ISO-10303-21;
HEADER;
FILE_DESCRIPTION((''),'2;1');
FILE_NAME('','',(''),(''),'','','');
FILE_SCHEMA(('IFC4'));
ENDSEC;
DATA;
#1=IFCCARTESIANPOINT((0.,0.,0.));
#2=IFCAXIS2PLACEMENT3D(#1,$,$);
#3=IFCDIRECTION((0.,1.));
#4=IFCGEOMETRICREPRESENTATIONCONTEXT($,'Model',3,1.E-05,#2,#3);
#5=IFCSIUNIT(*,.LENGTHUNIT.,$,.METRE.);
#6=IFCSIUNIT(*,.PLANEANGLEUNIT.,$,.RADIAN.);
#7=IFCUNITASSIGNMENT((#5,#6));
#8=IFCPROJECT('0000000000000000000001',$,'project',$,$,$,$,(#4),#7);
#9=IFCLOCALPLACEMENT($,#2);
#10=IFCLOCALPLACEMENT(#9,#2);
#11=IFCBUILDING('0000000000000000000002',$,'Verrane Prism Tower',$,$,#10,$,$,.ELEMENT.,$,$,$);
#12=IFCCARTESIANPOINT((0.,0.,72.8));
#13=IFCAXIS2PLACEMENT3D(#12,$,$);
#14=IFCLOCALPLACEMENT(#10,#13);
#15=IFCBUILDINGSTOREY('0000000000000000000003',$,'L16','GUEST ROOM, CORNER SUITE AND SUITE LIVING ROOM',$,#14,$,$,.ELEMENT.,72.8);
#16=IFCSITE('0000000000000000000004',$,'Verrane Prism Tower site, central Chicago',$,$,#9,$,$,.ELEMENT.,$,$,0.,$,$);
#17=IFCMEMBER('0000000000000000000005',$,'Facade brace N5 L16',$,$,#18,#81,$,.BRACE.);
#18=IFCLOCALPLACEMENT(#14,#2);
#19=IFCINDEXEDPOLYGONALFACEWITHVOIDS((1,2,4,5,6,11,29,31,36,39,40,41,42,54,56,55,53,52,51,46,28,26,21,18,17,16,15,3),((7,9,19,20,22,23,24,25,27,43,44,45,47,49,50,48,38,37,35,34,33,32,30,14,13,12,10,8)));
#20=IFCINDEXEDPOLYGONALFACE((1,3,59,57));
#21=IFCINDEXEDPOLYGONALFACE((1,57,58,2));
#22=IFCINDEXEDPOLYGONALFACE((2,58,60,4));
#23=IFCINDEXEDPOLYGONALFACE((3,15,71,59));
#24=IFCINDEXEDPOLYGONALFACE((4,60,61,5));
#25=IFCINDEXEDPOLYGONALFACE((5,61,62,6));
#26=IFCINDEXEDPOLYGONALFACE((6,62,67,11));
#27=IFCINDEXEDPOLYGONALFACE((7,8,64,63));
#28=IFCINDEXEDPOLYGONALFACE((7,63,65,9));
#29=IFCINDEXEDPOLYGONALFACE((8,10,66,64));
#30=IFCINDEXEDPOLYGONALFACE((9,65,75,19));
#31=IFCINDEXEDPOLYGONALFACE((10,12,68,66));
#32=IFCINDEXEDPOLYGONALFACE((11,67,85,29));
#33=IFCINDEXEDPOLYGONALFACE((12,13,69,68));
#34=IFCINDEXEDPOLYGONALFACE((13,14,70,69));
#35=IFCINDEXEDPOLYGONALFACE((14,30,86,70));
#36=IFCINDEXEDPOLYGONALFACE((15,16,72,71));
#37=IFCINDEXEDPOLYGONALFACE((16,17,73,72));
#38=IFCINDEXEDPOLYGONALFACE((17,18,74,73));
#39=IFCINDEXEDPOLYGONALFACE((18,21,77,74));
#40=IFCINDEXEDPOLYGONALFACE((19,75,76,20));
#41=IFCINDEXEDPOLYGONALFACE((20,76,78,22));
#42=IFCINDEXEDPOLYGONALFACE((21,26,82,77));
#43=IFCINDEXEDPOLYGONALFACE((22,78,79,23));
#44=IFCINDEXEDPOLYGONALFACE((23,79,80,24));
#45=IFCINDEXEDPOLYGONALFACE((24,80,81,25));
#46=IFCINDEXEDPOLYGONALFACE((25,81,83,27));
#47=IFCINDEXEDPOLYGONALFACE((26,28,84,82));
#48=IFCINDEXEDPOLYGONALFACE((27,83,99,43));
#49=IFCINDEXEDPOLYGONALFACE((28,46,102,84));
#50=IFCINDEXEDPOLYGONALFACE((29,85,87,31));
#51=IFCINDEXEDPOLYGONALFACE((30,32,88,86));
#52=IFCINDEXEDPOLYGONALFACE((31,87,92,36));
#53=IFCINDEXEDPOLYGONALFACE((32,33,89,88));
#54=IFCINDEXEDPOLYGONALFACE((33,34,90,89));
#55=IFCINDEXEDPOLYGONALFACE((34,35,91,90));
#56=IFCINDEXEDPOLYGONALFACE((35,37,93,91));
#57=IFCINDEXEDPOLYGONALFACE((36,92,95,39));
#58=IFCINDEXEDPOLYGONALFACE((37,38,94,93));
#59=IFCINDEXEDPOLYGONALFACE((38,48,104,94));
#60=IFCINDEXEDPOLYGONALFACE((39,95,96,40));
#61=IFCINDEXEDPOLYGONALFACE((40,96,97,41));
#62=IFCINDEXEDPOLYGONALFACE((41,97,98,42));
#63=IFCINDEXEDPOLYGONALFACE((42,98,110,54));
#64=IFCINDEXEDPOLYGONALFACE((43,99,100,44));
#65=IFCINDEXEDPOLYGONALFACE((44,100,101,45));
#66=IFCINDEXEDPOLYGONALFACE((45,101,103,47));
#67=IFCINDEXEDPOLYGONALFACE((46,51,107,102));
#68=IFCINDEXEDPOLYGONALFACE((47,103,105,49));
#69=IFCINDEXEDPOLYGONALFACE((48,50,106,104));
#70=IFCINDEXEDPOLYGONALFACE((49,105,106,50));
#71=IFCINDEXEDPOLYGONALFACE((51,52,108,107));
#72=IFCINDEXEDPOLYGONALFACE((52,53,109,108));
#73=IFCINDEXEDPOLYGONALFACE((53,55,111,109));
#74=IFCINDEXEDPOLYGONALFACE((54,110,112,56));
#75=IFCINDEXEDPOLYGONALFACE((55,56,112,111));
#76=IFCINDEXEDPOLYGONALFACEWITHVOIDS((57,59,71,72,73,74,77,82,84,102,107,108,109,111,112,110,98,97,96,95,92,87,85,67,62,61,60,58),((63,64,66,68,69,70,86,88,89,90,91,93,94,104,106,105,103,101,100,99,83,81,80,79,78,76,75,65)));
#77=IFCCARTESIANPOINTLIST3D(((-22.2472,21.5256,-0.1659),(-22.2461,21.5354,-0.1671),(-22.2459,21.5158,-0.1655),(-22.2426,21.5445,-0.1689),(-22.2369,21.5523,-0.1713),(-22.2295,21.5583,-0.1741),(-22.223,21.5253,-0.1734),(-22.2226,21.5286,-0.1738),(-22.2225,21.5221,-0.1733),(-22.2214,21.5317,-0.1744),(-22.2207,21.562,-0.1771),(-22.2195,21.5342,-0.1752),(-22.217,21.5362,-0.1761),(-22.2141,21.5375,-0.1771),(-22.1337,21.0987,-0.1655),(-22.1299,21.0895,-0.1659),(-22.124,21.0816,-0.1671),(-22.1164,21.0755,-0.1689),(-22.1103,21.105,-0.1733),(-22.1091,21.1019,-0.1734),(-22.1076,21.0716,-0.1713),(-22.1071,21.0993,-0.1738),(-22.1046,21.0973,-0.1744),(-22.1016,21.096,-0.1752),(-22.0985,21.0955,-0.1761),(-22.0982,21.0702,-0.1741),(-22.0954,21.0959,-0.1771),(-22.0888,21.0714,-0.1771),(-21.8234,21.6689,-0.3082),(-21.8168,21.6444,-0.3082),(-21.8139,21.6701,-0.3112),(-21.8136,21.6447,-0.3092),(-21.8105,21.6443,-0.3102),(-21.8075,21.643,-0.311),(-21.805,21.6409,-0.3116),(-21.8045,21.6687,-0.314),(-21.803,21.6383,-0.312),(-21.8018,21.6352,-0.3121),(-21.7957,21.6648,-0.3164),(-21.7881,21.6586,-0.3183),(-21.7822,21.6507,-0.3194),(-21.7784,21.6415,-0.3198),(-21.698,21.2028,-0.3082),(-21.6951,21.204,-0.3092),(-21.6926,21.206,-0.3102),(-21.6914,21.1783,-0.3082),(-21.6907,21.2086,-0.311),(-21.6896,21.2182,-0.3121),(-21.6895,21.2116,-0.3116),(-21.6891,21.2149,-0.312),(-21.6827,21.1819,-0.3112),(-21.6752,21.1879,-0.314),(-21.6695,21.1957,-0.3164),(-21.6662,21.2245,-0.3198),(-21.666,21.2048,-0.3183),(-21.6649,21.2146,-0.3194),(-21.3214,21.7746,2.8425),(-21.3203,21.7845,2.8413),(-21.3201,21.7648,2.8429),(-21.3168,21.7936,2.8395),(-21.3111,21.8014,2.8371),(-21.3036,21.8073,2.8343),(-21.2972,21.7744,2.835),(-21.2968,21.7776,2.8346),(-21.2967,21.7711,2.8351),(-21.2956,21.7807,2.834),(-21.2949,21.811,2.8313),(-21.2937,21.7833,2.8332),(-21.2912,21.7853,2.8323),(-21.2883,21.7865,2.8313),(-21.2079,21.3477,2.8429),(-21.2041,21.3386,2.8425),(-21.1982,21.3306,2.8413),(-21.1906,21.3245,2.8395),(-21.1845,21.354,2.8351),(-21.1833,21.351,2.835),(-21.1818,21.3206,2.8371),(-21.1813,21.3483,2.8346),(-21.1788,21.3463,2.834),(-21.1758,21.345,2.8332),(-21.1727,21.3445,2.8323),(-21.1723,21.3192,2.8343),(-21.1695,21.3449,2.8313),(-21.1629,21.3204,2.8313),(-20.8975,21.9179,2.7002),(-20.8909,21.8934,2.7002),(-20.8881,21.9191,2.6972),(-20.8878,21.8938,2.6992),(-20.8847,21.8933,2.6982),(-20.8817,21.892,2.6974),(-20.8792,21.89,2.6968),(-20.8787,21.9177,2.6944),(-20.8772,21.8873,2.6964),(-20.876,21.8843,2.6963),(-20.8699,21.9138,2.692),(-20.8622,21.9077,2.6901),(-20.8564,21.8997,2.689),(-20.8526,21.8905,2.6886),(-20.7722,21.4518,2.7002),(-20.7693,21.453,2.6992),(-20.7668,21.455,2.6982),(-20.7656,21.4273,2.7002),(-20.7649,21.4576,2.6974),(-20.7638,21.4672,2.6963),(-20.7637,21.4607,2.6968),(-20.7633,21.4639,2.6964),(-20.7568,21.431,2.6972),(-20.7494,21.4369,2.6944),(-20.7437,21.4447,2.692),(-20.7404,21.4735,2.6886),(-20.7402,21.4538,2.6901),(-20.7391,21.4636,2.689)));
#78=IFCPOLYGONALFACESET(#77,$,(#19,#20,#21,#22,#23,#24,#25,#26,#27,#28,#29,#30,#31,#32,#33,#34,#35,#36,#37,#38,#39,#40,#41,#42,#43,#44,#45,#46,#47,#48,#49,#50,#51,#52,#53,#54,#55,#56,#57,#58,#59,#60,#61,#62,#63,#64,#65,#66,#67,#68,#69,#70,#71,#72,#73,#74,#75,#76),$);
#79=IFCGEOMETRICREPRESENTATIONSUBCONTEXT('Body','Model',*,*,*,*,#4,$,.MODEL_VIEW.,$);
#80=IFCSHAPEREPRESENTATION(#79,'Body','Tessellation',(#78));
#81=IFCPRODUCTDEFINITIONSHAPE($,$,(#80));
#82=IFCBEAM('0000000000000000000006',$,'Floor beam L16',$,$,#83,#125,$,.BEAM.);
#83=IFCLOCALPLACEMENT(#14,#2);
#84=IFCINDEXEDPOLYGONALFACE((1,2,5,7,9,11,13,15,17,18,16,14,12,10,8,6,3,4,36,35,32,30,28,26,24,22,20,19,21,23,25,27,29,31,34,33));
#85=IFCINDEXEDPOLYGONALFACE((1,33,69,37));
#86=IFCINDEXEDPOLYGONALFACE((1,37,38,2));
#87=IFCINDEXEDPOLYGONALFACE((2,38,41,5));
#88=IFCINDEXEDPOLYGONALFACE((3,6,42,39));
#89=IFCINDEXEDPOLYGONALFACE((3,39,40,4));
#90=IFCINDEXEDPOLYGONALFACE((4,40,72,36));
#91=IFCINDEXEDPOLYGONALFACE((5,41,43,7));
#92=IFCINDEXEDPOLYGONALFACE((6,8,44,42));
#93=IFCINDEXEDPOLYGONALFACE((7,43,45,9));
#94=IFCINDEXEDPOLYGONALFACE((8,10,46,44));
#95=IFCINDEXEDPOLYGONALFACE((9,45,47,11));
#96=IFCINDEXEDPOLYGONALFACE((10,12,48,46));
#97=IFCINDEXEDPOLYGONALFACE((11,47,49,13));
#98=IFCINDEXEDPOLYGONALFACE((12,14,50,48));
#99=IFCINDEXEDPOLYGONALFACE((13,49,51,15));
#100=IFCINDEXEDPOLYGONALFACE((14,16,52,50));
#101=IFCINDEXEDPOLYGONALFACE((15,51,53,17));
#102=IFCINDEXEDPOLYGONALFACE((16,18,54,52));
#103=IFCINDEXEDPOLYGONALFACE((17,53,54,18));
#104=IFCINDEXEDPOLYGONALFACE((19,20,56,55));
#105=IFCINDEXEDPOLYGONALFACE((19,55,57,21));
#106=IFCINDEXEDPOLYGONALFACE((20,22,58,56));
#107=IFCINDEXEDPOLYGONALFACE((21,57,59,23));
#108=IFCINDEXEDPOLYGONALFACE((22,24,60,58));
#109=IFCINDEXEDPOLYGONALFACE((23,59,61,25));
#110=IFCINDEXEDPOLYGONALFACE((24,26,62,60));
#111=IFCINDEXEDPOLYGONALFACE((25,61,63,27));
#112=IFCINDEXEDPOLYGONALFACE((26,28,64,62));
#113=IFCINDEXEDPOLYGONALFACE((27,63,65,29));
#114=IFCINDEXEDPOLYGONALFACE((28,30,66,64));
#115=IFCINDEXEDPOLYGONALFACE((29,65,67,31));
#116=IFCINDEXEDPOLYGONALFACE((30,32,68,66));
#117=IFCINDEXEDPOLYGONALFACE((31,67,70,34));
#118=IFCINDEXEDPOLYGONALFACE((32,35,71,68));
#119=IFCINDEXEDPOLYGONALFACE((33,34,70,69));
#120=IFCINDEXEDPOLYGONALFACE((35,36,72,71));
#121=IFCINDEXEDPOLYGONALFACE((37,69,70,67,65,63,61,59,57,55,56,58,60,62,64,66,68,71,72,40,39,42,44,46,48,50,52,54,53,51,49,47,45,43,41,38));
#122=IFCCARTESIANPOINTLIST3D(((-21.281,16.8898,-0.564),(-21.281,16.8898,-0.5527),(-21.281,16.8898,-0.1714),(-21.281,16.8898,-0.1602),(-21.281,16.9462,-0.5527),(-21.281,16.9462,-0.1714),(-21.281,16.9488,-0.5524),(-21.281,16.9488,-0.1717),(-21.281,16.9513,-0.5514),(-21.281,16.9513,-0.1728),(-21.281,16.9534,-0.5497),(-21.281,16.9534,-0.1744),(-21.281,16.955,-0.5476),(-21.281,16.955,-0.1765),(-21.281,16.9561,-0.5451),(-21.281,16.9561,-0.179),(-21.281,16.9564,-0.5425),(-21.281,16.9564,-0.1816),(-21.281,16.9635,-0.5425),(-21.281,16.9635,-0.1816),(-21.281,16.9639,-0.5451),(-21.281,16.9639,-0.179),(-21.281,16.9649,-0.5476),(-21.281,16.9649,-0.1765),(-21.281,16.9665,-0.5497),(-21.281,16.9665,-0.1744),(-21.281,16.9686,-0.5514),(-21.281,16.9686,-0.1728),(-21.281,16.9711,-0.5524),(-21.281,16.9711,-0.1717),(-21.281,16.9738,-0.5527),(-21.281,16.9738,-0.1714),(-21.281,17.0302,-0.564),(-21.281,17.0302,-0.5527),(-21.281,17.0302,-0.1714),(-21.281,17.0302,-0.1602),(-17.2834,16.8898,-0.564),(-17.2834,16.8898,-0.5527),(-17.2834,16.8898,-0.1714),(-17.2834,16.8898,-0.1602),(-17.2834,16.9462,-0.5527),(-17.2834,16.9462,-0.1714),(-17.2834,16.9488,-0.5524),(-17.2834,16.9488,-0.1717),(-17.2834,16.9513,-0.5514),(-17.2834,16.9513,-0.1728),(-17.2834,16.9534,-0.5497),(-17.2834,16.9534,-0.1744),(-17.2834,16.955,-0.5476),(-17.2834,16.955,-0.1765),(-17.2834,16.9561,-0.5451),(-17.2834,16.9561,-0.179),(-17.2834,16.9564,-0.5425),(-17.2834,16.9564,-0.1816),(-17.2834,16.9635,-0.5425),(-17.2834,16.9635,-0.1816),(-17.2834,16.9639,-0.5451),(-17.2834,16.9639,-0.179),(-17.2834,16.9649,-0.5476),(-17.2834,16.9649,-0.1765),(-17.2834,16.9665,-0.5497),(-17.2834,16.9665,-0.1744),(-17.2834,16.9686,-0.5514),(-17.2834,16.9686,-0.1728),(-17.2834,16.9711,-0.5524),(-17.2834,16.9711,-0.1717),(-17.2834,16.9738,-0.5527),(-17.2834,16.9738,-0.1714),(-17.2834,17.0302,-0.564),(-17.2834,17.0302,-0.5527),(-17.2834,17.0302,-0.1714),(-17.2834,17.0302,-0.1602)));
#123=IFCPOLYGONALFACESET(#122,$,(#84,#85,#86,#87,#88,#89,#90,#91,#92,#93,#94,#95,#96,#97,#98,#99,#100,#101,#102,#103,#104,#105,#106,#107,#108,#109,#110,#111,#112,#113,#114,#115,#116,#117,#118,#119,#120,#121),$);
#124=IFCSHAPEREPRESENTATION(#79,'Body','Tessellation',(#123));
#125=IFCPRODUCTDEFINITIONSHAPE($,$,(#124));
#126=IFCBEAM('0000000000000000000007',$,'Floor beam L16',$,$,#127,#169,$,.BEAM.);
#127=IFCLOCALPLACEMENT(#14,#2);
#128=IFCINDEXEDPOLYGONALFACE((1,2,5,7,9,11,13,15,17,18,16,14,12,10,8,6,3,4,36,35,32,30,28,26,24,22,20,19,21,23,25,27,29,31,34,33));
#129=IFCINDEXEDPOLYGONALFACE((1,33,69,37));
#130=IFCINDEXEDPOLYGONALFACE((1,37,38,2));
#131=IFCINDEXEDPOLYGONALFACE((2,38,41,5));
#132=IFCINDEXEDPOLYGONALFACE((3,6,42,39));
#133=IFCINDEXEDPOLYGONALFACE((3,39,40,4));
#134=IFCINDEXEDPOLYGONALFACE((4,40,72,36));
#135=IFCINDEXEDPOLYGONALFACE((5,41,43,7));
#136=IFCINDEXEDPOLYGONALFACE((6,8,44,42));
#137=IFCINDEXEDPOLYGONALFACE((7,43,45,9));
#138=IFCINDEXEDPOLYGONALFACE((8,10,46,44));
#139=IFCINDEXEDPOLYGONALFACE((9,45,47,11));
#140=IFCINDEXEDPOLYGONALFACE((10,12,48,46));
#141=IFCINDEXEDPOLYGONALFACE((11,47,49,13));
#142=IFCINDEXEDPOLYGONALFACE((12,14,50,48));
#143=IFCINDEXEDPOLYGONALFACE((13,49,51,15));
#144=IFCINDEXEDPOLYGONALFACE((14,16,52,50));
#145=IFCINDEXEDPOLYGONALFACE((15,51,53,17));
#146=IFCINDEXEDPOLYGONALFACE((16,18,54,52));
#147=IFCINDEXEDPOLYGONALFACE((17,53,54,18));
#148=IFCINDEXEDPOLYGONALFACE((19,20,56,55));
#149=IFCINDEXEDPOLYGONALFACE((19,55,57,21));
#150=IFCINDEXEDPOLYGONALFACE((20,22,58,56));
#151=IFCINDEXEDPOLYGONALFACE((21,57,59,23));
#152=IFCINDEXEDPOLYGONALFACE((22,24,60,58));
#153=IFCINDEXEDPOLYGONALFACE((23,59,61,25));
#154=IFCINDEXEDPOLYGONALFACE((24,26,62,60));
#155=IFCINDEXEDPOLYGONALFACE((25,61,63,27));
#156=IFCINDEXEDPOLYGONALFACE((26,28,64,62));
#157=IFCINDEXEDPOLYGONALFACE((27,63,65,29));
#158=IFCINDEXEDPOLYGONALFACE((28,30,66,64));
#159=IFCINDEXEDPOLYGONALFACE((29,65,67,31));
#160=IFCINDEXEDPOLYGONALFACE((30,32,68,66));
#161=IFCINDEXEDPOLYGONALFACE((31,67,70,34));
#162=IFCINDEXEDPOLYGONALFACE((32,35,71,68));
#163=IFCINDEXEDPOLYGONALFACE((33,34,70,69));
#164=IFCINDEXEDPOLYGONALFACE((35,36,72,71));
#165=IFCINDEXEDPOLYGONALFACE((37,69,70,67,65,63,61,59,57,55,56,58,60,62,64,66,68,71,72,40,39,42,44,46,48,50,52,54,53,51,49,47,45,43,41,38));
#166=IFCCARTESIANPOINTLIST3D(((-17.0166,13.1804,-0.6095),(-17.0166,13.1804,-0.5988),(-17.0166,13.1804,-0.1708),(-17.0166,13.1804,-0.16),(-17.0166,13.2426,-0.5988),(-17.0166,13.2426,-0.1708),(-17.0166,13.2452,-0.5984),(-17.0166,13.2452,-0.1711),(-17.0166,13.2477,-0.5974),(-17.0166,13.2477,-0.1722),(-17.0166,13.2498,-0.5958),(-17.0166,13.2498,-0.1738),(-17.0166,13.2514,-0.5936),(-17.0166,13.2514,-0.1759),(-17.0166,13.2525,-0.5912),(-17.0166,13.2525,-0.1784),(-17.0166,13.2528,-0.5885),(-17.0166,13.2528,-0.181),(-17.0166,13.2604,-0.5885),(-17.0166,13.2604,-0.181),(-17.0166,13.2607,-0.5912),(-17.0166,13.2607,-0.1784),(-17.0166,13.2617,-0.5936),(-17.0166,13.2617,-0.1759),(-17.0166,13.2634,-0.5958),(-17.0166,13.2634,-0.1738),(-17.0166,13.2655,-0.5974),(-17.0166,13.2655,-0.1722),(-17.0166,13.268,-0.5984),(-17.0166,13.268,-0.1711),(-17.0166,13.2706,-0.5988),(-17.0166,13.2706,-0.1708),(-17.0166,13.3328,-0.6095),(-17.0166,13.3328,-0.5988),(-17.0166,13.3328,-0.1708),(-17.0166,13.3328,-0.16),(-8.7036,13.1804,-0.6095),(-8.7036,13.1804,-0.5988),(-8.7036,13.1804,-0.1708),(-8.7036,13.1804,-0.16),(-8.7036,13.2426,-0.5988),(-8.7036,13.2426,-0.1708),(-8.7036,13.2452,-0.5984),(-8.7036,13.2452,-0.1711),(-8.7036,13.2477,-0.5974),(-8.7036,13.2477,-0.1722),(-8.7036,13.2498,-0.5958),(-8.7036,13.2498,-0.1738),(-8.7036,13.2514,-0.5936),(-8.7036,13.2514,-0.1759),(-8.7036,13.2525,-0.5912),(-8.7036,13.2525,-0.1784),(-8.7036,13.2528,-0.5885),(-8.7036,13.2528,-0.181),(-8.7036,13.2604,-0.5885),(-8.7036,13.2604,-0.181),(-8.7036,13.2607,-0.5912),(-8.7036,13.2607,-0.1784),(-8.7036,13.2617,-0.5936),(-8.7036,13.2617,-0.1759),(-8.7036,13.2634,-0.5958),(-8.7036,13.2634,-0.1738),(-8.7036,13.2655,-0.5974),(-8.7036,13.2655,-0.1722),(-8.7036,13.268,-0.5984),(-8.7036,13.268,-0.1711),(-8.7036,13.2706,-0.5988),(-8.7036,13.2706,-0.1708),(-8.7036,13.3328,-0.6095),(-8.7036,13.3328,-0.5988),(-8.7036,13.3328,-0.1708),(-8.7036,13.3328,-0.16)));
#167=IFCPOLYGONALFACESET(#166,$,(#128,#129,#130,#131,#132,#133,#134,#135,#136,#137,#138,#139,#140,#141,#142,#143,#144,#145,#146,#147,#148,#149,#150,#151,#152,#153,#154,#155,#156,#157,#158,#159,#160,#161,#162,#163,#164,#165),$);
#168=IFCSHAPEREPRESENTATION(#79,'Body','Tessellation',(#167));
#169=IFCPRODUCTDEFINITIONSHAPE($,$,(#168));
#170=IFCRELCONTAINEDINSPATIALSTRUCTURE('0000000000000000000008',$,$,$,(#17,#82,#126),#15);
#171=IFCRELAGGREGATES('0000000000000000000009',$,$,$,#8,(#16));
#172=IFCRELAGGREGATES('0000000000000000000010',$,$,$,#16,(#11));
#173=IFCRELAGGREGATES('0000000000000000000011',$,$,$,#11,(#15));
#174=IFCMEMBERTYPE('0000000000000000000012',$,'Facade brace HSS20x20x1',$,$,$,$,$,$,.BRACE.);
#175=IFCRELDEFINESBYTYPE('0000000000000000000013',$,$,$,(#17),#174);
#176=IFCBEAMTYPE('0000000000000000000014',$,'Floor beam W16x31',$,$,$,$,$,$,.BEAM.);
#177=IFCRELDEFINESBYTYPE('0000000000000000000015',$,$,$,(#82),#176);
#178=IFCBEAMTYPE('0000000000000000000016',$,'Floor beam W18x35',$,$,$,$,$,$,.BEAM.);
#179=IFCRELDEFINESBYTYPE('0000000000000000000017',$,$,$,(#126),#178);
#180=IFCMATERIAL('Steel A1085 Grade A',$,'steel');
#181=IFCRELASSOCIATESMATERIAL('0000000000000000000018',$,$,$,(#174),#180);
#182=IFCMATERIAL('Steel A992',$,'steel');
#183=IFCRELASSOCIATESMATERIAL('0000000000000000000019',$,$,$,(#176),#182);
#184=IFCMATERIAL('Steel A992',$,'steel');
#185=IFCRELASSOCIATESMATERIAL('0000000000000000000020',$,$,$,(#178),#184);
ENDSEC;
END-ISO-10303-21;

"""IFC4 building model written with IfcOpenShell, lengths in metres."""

from ifc_helpers import new_model, si_unit, direction, frame, origin, origin_2d, place, context, subcontext, project, spatial, hollow_rectangle, i_section, extrude, material, material_profile, profile_set, type_object, element, save


model = new_model("IFC4")

# Units and contexts
model_context = context("Model", 3, precision=1e-05, world=origin(), true_north=direction((0.0, 1.0)))
body_context = subcontext(model_context, "Body", "Model", "MODEL_VIEW")
ifc_project = project(units=[si_unit("LENGTHUNIT", "METRE"), si_unit("PLANEANGLEUNIT", "RADIAN")], contexts=[model_context])

# Site, building, storey
site_placement = place(None, origin())
site = spatial("IfcSite", under=ifc_project, at=site_placement, Name="Verrane Prism Tower site, central Chicago", CompositionType="ELEMENT", RefElevation=0.0)
building_placement = place(site_placement, origin())
building = spatial("IfcBuilding", under=site, at=building_placement, Name="Verrane Prism Tower", CompositionType="ELEMENT")
storey_placement = place(building_placement, frame((0.0, 0.0, 72.8)))
storey = spatial("IfcBuildingStorey", under=building, at=storey_placement, Name="L16", Description="GUEST ROOM, CORNER SUITE AND SUITE LIVING ROOM", CompositionType="ELEMENT", Elevation=72.8)

# Member
ifc_material_1 = material(Name="Steel A1085 Grade A", Category="steel")
ifc_material_profile_1 = material_profile(ifc_material_1, hollow_rectangle(XDim=0.5081, YDim=0.5081, WallThickness=0.0254, InnerFilletRadius=0.0127, OuterFilletRadius=0.0381, at=origin_2d()), Name="HSS20x20x1")
ifc_profile_set_1 = profile_set([ifc_material_profile_1], Name="Steel A1085 Grade A")
member_type_1 = type_object("IfcMemberType", Name="Facade brace HSS20x20x1", PredefinedType="BRACE", material=ifc_profile_set_1)
member_1_placement = place(storey_placement, frame((-21.9561, 21.3701, -0.2427), z_axis=(0.293213, 0.078871, 0.952788), x_axis=(-0.259754, 0.965675, 0.0)))
element("IfcMember", 1, at=member_1_placement, inside=storey, type_object=member_type_1, Name="Facade brace N5 L16", PredefinedType="BRACE", context=body_context, shape_type="SweptSolid", body=[
    extrude(hollow_rectangle(XDim=0.5081, YDim=0.5081, WallThickness=0.0254, InnerFilletRadius=0.0127, OuterFilletRadius=0.0381, at=origin_2d()), origin(), (0.0, 0.0, 1.0), 3.1575),
])

# Beams
ifc_material_2 = material(Name="Steel A992", Category="steel")
ifc_material_profile_2 = material_profile(ifc_material_2, i_section(OverallWidth=0.1404, OverallDepth=0.4038, WebThickness=0.0071, FlangeThickness=0.0112, FilletRadius=0.0103, at=origin_2d()), Name="W16x31")
ifc_profile_set_2 = profile_set([ifc_material_profile_2], Name="Steel A992")
beam_type_1 = type_object("IfcBeamType", Name="Floor beam W16x31", PredefinedType="BEAM", material=ifc_profile_set_2)
beam_1_placement = place(storey_placement, frame((-21.281, 16.96, -0.3621), z_axis=(1.0, 0.0, 0.0), x_axis=(0.0, 1.0, 0.0)))
element("IfcBeam", 2, at=beam_1_placement, inside=storey, type_object=beam_type_1, Name="Floor beam L16", PredefinedType="BEAM", context=body_context, shape_type="SweptSolid", body=[
    extrude(i_section(OverallWidth=0.1404, OverallDepth=0.4038, WebThickness=0.0071, FlangeThickness=0.0112, FilletRadius=0.0103, at=origin_2d()), origin(), (0.0, 0.0, 1.0), 3.9976),
])
ifc_material_3 = material(Name="Steel A992", Category="steel")
ifc_material_profile_3 = material_profile(ifc_material_3, i_section(OverallWidth=0.1523, OverallDepth=0.4495, WebThickness=0.0076, FlangeThickness=0.0107, FilletRadius=0.0103, at=origin_2d()), Name="W18x35")
ifc_profile_set_3 = profile_set([ifc_material_profile_3], Name="Steel A992")
beam_type_2 = type_object("IfcBeamType", Name="Floor beam W18x35", PredefinedType="BEAM", material=ifc_profile_set_3)
for number, where, z_axis, x_axis, name in (
    (3, (-17.0166, 13.2566, -0.3848), (1.0, 0.0, 0.0), (0.0, 1.0, 0.0), "Floor beam L16"),
):
    element("IfcBeam", number, at=place(storey_placement, frame(where, z_axis=z_axis, x_axis=x_axis)), inside=storey, type_object=beam_type_2, Name=name, PredefinedType="BEAM", context=body_context, shape_type="SweptSolid", body=[
        extrude(i_section(OverallWidth=0.1523, OverallDepth=0.4495, WebThickness=0.0076, FlangeThickness=0.0107, FilletRadius=0.0103, at=origin_2d()), origin(), (0.0, 0.0, 1.0), 8.313),
    ])

save(model, "model.ifc")
